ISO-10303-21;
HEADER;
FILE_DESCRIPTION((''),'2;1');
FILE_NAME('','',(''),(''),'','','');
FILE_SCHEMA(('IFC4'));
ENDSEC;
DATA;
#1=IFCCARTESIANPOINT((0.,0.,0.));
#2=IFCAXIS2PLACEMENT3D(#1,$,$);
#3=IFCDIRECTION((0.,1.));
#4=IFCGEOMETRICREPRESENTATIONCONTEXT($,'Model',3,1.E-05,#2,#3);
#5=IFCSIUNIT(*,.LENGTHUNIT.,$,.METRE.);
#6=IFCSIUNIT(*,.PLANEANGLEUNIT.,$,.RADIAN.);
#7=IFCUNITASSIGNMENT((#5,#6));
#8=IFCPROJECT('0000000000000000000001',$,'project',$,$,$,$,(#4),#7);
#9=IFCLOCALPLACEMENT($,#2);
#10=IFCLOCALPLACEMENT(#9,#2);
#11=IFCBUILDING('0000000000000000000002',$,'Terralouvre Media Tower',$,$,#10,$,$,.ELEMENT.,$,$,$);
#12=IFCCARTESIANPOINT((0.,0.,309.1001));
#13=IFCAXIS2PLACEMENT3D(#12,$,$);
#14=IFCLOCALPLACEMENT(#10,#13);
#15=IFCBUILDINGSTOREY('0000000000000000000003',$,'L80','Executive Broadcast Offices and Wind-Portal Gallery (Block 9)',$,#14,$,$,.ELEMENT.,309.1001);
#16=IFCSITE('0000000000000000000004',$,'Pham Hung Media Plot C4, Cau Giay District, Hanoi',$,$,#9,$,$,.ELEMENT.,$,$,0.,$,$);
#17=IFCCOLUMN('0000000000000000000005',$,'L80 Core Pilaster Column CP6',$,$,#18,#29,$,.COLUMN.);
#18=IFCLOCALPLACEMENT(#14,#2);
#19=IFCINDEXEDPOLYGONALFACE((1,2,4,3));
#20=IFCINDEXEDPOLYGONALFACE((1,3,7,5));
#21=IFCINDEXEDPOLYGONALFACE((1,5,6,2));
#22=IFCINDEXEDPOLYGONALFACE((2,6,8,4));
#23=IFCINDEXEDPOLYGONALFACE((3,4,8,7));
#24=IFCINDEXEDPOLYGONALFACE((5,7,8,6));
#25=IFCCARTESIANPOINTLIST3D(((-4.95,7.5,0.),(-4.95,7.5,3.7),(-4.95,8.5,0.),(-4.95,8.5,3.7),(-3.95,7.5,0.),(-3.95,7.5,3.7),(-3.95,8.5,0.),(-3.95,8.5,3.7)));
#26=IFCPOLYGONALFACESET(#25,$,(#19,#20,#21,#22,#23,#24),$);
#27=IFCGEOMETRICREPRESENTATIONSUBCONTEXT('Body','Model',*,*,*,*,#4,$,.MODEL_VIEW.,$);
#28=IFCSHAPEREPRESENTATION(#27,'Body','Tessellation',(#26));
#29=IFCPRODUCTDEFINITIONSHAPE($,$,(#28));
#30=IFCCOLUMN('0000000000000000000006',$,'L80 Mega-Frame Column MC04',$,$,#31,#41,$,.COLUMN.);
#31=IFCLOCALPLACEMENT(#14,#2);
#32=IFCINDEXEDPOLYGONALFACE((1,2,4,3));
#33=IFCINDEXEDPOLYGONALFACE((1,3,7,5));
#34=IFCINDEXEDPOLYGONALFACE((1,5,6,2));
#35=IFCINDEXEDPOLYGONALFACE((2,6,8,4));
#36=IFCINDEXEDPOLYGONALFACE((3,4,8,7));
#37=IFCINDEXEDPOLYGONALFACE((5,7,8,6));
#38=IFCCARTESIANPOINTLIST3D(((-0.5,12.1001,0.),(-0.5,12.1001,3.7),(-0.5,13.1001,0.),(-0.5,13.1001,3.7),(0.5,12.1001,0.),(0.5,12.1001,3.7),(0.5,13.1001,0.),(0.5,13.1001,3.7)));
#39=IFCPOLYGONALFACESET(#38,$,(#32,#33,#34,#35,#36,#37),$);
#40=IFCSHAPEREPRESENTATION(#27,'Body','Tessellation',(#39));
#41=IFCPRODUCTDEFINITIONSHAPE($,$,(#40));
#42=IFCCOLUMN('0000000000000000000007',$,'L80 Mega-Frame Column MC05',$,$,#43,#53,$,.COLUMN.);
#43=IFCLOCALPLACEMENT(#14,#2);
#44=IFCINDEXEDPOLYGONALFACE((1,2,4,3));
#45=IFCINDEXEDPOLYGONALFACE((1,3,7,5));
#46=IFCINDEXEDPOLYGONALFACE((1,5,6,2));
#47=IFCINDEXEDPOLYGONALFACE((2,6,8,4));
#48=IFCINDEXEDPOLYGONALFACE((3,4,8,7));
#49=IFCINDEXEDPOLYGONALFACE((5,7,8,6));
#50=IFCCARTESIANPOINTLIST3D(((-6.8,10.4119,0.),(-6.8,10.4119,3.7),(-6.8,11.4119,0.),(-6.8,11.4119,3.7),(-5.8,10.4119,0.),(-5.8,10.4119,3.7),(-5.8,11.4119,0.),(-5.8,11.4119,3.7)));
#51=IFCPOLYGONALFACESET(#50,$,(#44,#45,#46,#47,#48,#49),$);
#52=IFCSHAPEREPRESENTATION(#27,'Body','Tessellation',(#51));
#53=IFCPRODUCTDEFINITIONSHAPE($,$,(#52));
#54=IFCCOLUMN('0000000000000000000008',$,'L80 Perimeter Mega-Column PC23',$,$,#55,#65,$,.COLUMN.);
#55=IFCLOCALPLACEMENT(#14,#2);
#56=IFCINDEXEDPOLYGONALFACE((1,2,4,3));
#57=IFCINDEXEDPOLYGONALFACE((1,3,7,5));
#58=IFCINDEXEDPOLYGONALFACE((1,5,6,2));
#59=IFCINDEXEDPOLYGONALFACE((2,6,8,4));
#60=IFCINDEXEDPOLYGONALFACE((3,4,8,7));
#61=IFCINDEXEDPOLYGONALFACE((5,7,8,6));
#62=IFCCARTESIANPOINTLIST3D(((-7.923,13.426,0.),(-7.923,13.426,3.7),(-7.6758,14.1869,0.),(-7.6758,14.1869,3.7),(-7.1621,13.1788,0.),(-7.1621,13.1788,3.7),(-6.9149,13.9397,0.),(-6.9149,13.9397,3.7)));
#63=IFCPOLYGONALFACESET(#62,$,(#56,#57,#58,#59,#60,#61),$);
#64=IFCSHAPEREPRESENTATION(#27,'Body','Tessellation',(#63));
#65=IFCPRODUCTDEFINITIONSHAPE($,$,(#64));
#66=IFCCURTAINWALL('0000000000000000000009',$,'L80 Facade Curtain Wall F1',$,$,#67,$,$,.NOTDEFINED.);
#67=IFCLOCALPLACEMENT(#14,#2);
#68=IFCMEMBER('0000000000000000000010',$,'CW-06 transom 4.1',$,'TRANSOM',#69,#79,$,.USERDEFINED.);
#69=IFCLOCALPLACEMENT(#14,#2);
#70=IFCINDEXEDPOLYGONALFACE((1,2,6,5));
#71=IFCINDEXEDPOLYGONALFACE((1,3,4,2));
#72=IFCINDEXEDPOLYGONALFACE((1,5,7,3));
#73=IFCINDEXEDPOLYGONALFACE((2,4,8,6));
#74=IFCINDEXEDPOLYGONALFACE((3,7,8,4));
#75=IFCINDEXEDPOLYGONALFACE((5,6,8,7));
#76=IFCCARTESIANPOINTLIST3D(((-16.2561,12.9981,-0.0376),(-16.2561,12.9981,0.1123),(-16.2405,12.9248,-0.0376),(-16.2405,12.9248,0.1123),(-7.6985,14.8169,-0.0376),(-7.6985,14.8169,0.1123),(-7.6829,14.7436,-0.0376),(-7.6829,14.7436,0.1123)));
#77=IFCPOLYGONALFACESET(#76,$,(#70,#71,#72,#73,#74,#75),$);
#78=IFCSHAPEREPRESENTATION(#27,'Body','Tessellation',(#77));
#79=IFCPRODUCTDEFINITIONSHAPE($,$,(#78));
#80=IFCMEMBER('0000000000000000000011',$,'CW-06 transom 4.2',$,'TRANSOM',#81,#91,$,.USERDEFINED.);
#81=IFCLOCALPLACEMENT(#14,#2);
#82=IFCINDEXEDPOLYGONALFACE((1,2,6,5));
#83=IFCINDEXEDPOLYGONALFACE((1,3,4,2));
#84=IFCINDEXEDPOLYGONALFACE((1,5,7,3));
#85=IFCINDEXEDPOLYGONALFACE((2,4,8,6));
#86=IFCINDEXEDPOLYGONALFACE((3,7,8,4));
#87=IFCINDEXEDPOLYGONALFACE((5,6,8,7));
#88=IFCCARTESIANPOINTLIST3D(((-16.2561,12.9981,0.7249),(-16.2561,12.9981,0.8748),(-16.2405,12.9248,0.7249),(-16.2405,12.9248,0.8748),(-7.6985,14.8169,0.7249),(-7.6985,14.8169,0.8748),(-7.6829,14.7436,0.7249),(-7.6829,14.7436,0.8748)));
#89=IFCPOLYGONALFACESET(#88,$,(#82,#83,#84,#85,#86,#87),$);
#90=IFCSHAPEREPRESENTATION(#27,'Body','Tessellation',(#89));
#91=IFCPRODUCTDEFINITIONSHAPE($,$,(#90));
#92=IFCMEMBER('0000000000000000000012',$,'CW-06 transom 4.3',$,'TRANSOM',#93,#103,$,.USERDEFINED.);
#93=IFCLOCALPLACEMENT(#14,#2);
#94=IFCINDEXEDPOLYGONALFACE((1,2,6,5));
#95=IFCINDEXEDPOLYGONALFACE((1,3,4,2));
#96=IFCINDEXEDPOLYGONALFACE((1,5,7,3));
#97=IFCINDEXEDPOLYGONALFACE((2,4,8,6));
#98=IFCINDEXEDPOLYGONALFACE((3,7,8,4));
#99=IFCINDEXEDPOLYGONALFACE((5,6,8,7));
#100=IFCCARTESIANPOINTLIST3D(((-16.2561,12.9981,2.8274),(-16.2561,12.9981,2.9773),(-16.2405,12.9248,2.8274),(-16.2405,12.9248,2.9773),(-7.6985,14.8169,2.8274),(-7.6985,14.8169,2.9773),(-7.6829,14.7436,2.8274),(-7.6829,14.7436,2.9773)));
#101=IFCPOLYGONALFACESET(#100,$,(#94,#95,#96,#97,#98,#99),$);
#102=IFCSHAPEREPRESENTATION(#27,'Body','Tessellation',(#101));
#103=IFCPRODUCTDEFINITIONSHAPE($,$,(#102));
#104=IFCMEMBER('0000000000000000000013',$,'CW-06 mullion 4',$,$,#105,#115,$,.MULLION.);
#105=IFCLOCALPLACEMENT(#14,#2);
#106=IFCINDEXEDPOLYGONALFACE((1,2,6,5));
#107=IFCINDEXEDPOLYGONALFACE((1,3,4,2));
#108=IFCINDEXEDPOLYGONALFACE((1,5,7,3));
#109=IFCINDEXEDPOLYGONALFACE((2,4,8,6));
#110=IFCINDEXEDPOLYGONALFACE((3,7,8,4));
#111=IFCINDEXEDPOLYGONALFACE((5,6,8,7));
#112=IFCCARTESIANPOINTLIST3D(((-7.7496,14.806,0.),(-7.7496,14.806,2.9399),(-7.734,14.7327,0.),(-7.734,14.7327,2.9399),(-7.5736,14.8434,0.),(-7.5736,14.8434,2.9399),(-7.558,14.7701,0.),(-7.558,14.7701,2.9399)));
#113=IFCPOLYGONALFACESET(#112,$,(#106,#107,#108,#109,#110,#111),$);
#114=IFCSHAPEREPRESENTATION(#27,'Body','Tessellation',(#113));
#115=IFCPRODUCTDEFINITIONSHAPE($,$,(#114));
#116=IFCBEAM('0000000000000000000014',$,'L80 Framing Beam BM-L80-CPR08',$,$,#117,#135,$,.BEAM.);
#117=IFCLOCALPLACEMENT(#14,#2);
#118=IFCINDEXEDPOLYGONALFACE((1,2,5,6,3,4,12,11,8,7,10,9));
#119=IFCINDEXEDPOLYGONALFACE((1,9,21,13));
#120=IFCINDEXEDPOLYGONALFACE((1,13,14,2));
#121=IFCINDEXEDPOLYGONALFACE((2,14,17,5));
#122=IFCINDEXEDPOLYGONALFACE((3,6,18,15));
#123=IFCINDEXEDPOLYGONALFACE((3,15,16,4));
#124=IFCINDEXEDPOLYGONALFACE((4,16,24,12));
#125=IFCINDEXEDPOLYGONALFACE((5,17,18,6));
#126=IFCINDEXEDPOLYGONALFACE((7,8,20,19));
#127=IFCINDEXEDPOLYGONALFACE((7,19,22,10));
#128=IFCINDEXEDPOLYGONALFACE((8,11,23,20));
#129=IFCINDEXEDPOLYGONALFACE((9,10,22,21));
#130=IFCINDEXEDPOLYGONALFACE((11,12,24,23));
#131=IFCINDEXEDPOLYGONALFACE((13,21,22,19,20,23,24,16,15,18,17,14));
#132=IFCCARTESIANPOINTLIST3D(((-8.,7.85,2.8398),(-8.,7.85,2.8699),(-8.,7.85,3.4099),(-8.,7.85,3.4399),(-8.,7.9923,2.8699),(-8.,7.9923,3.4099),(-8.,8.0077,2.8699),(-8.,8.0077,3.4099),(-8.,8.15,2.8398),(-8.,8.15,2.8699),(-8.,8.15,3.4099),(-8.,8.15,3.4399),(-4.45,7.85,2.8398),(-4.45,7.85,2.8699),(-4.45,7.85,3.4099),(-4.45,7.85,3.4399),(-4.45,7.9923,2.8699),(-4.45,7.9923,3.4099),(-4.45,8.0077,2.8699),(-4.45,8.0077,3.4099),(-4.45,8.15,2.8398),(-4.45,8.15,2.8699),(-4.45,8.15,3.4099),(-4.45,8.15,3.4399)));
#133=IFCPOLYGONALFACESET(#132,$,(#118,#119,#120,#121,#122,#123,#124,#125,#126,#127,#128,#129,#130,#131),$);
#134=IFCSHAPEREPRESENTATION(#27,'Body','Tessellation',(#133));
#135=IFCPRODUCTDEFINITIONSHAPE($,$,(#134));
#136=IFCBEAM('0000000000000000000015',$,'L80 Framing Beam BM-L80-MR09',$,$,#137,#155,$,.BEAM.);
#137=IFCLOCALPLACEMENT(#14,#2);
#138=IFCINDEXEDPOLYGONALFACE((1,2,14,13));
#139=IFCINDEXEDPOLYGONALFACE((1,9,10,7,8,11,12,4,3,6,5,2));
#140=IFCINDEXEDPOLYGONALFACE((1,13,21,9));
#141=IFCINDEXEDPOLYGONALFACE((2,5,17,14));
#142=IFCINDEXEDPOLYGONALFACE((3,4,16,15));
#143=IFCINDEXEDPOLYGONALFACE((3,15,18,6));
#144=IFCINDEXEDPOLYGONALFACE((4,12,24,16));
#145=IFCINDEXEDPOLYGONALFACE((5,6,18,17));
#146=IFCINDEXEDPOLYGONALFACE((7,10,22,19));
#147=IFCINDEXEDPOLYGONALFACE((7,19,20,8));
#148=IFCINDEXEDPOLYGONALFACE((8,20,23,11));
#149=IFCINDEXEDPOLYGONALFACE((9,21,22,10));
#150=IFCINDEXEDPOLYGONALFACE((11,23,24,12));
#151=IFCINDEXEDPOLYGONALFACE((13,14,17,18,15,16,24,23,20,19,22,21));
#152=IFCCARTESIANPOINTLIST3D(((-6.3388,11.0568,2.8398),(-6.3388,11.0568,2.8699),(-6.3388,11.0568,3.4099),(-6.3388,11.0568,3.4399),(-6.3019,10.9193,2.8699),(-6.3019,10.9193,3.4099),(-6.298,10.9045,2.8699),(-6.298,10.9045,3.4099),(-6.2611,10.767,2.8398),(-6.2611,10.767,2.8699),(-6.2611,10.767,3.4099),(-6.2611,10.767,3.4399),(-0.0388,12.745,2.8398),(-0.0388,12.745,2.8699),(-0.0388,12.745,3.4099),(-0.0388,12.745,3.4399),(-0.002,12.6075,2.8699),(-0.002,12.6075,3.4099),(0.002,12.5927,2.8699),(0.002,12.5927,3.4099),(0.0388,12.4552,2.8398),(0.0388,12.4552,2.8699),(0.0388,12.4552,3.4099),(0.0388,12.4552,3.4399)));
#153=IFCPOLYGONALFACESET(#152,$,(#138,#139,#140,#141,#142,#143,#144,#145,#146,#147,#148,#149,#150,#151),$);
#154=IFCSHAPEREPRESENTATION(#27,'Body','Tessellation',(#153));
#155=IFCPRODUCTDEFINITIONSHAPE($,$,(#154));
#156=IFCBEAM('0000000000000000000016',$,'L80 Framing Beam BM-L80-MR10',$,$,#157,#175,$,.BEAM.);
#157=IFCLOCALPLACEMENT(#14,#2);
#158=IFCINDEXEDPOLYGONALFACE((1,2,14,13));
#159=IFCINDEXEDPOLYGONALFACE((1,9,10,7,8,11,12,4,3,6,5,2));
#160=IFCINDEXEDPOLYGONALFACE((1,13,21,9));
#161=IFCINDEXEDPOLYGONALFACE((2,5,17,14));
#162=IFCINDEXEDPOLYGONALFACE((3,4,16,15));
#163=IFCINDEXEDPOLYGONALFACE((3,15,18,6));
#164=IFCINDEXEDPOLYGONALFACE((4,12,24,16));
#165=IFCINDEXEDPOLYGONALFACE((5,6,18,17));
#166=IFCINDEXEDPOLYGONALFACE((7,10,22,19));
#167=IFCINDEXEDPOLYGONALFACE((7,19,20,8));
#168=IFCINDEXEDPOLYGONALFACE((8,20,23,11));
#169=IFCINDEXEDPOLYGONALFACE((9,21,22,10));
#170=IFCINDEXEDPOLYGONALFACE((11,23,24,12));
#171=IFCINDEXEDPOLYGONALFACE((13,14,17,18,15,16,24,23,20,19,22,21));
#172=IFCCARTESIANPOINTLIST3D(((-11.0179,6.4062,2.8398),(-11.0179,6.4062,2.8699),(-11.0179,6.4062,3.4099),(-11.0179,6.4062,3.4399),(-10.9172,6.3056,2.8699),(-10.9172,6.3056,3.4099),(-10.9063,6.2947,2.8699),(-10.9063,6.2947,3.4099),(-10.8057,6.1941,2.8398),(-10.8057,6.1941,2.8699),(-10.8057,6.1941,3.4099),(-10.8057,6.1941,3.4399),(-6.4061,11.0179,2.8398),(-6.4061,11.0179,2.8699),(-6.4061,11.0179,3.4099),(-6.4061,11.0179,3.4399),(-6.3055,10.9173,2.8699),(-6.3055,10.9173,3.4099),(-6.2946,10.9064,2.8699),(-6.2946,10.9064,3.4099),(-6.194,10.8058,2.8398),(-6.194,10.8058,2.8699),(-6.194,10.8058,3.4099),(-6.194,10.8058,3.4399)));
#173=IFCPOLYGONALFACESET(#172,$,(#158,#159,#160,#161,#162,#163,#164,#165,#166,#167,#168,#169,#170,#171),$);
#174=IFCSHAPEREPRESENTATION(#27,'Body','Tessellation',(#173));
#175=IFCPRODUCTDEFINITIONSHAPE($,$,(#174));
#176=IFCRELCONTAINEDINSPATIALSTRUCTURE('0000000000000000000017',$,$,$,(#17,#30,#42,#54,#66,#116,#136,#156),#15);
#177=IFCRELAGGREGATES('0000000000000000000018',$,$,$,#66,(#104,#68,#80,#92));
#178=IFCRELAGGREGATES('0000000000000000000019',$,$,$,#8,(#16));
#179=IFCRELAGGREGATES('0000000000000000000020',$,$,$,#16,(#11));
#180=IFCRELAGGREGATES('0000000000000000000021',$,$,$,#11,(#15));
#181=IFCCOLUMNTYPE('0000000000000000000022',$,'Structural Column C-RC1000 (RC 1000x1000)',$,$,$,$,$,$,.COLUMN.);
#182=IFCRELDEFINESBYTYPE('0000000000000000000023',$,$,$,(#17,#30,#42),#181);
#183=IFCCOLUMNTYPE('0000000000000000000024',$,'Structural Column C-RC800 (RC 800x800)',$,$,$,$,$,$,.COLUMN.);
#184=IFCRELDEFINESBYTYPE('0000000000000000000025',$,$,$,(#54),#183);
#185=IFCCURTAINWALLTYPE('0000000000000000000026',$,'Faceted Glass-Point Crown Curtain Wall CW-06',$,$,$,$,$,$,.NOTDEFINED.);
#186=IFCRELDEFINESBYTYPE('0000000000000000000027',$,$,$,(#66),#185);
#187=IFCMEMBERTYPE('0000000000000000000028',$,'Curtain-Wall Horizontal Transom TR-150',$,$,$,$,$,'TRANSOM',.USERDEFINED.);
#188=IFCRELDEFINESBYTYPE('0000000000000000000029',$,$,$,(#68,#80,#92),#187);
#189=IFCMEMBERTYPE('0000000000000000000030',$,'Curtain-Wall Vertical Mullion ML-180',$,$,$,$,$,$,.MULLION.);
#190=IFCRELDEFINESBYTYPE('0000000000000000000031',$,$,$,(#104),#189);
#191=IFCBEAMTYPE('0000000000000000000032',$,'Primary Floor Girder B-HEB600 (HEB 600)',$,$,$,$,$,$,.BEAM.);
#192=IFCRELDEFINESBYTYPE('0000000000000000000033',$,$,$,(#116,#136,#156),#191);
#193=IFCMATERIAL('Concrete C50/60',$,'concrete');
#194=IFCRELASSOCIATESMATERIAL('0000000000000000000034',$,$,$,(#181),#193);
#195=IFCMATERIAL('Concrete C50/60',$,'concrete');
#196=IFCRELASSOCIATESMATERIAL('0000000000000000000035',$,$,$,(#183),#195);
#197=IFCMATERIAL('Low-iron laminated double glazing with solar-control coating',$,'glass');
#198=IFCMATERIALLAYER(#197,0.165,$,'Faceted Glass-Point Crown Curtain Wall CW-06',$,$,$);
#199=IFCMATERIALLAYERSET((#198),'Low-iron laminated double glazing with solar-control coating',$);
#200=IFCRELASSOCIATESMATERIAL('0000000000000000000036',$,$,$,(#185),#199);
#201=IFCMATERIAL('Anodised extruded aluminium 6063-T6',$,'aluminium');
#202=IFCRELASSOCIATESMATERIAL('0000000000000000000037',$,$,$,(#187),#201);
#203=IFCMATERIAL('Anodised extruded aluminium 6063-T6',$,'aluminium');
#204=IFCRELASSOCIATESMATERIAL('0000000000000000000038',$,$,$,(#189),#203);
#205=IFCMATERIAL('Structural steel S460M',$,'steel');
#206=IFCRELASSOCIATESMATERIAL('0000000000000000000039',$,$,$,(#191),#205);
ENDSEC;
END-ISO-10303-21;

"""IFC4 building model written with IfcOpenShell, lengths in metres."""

from ifc_helpers import new_model, si_unit, direction, frame, origin, origin_2d, place, context, subcontext, project, spatial, rectangle, i_section, extrude, material, layer, layer_set, material_profile, profile_set, type_object, element, aggregate, save


model = new_model("IFC4")

# Units and contexts
model_context = context("Model", 3, precision=1e-05, world=origin(), true_north=direction((0.0, 1.0)))
body_context = subcontext(model_context, "Body", "Model", "MODEL_VIEW")
ifc_project = project(units=[si_unit("LENGTHUNIT", "METRE"), si_unit("PLANEANGLEUNIT", "RADIAN")], contexts=[model_context])

# Site, building, storey
site_placement = place(None, origin())
site = spatial("IfcSite", under=ifc_project, at=site_placement, Name="Pham Hung Media Plot C4, Cau Giay District, Hanoi", CompositionType="ELEMENT", RefElevation=0.0)
building_placement = place(site_placement, origin())
building = spatial("IfcBuilding", under=site, at=building_placement, Name="Terralouvre Media Tower", CompositionType="ELEMENT")
storey_placement = place(building_placement, frame((0.0, 0.0, 309.1001)))
storey = spatial("IfcBuildingStorey", under=building, at=storey_placement, Name="L80", Description="Executive Broadcast Offices and Wind-Portal Gallery (Block 9)", CompositionType="ELEMENT", Elevation=309.1001)

# Columns
ifc_material_1 = material(Name="Concrete C50/60", Category="concrete")
ifc_material_profile_1 = material_profile(ifc_material_1, rectangle(XDim=1.0, YDim=1.0, at=origin_2d()), Name="RC 1000x1000")
ifc_profile_set_1 = profile_set([ifc_material_profile_1], Name="Concrete C50/60")
column_type_1 = type_object("IfcColumnType", Name="Structural Column C-RC1000 (RC 1000x1000)", PredefinedType="COLUMN", material=ifc_profile_set_1)
for number, where, z_axis, x_axis, name in (
    (1, (-4.45, 8.0, 0.0), (0.0, 0.0, 1.0), (1.0, 0.0, 0.0), "L80 Core Pilaster Column CP6"),
    (2, (0.0, 12.6001, 0.0), (0.0, 0.0, 1.0), (1.0, 0.0, 0.0), "L80 Mega-Frame Column MC04"),
    (3, (-6.3, 10.9119, 0.0), (0.0, 0.0, 1.0), (1.0, 0.0, 0.0), "L80 Mega-Frame Column MC05"),
):
    element("IfcColumn", number, at=place(storey_placement, frame(where, z_axis=z_axis, x_axis=x_axis)), inside=storey, type_object=column_type_1, Name=name, PredefinedType="COLUMN", context=body_context, shape_type="SweptSolid", body=[
        extrude(rectangle(XDim=1.0, YDim=1.0, at=origin_2d()), origin(), (0.0, 0.0, 1.0), 3.7),
    ])
ifc_material_2 = material(Name="Concrete C50/60", Category="concrete")
ifc_material_profile_2 = material_profile(ifc_material_2, rectangle(XDim=0.8, YDim=0.8, at=origin_2d()), Name="RC 800x800")
ifc_profile_set_2 = profile_set([ifc_material_profile_2], Name="Concrete C50/60")
column_type_2 = type_object("IfcColumnType", Name="Structural Column C-RC800 (RC 800x800)", PredefinedType="COLUMN", material=ifc_profile_set_2)
column_placement = place(storey_placement, frame((-7.4189, 13.6829, 0.0), z_axis=(0.0, 0.0, 1.0), x_axis=(0.309017, 0.951057, 0.0)))
element("IfcColumn", 4, at=column_placement, inside=storey, type_object=column_type_2, Name="L80 Perimeter Mega-Column PC23", PredefinedType="COLUMN", context=body_context, shape_type="SweptSolid", body=[
    extrude(rectangle(XDim=0.8, YDim=0.8, at=origin_2d()), origin(), (0.0, 0.0, 1.0), 3.7),
])

# Curtain wall, members
ifc_material_3 = material(Name="Low-iron laminated double glazing with solar-control coating", Category="glass")
ifc_layer_1 = layer(ifc_material_3, 0.165, Name="Faceted Glass-Point Crown Curtain Wall CW-06")
ifc_layer_set_1 = layer_set([ifc_layer_1], Name="Low-iron laminated double glazing with solar-control coating")
curtain_wall_type = type_object("IfcCurtainWallType", Name="Faceted Glass-Point Crown Curtain Wall CW-06", PredefinedType="NOTDEFINED", material=ifc_layer_set_1)
curtain_wall_placement = place(storey_placement, origin())
curtain_wall = element("IfcCurtainWall", 5, at=curtain_wall_placement, inside=storey, type_object=curtain_wall_type, Name="L80 Facade Curtain Wall F1", PredefinedType="NOTDEFINED")
ifc_material_4 = material(Name="Anodised extruded aluminium 6063-T6", Category="aluminium")
ifc_material_profile_3 = material_profile(ifc_material_4, rectangle(XDim=0.075, YDim=0.1499, at=origin_2d()), Name="ALU 75x150")
ifc_profile_set_3 = profile_set([ifc_material_profile_3], Name="Anodised extruded aluminium 6063-T6")
member_type_1 = type_object("IfcMemberType", Name="Curtain-Wall Horizontal Transom TR-150", ElementType="TRANSOM", PredefinedType="USERDEFINED", material=ifc_profile_set_3)
member_1_placement = place(storey_placement, frame((-7.6907, 14.7803, 0.0374), z_axis=(-0.978151, -0.207897, 0.0), x_axis=(0.207897, -0.978151, 0.0)))
member_1 = element("IfcMember", 6, at=member_1_placement, type_object=member_type_1, Name="CW-06 transom 4.1", ObjectType="TRANSOM", PredefinedType="USERDEFINED", context=body_context, shape_type="SweptSolid", body=[
    extrude(rectangle(XDim=0.075, YDim=0.1499, at=origin_2d()), origin(), (0.0, 0.0, 1.0), 8.7488),
])
member_2_placement = place(storey_placement, frame((-7.6907, 14.7803, 0.7998), z_axis=(-0.978151, -0.207897, 0.0), x_axis=(0.207897, -0.978151, 0.0)))
member_2 = element("IfcMember", 7, at=member_2_placement, type_object=member_type_1, Name="CW-06 transom 4.2", ObjectType="TRANSOM", PredefinedType="USERDEFINED", context=body_context, shape_type="SweptSolid", body=[
    extrude(rectangle(XDim=0.075, YDim=0.1499, at=origin_2d()), origin(), (0.0, 0.0, 1.0), 8.7488),
])
member_3_placement = place(storey_placement, frame((-7.6907, 14.7803, 2.9023), z_axis=(-0.978151, -0.207897, 0.0), x_axis=(0.207897, -0.978151, 0.0)))
member_3 = element("IfcMember", 8, at=member_3_placement, type_object=member_type_1, Name="CW-06 transom 4.3", ObjectType="TRANSOM", PredefinedType="USERDEFINED", context=body_context, shape_type="SweptSolid", body=[
    extrude(rectangle(XDim=0.075, YDim=0.1499, at=origin_2d()), origin(), (0.0, 0.0, 1.0), 8.7488),
])
ifc_material_5 = material(Name="Anodised extruded aluminium 6063-T6", Category="aluminium")
ifc_material_profile_4 = material_profile(ifc_material_5, rectangle(XDim=0.075, YDim=0.1799, at=origin_2d()), Name="ALU 75x180")
ifc_profile_set_4 = profile_set([ifc_material_profile_4], Name="Anodised extruded aluminium 6063-T6")
member_type_2 = type_object("IfcMemberType", Name="Curtain-Wall Vertical Mullion ML-180", PredefinedType="MULLION", material=ifc_profile_set_4)
member_4_placement = place(storey_placement, frame((-7.6538, 14.7881, 0.0), z_axis=(0.0, 0.0, 1.0), x_axis=(0.207912, -0.978148, 0.0)))
member_4 = element("IfcMember", 9, at=member_4_placement, type_object=member_type_2, Name="CW-06 mullion 4", PredefinedType="MULLION", context=body_context, shape_type="SweptSolid", body=[
    extrude(rectangle(XDim=0.075, YDim=0.1799, at=origin_2d()), origin(), (0.0, 0.0, 1.0), 2.9399),
])

# Beams
ifc_material_6 = material(Name="Structural steel S460M", Category="steel")
ifc_material_profile_5 = material_profile(ifc_material_6, i_section(OverallWidth=0.3, OverallDepth=0.6001, WebThickness=0.0154, FlangeThickness=0.03, at=origin_2d()), Name="HEB 600")
ifc_profile_set_5 = profile_set([ifc_material_profile_5], Name="Structural steel S460M")
beam_type_1 = type_object("IfcBeamType", Name="Primary Floor Girder B-HEB600 (HEB 600)", PredefinedType="BEAM", material=ifc_profile_set_5)
beam_1_placement = place(storey_placement, frame((-4.45, 8.0, 3.1399), z_axis=(-1.0, 0.0, 0.0), x_axis=(0.0, -1.0, 0.0)))
element("IfcBeam", 10, at=beam_1_placement, inside=storey, type_object=beam_type_1, Name="L80 Framing Beam BM-L80-CPR08", PredefinedType="BEAM", context=body_context, shape_type="SweptSolid", body=[
    extrude(i_section(OverallWidth=0.3, OverallDepth=0.6001, WebThickness=0.0154, FlangeThickness=0.03, at=origin_2d()), origin(), (0.0, 0.0, 1.0), 3.55),
])
beam_2_placement = place(storey_placement, frame((0.0, 12.6001, 3.1399), z_axis=(-0.96592, -0.258839, 0.0), x_axis=(0.258839, -0.96592, 0.0)))
element("IfcBeam", 11, at=beam_2_placement, inside=storey, type_object=beam_type_1, Name="L80 Framing Beam BM-L80-MR09", PredefinedType="BEAM", context=body_context, shape_type="SweptSolid", body=[
    extrude(i_section(OverallWidth=0.3, OverallDepth=0.6001, WebThickness=0.0154, FlangeThickness=0.03, at=origin_2d()), origin(), (0.0, 0.0, 1.0), 6.5222),
])
beam_3_placement = place(storey_placement, frame((-6.3, 10.9119, 3.1399), z_axis=(-0.707107, -0.707107, 0.0), x_axis=(0.707107, -0.707107, 0.0)))
element("IfcBeam", 12, at=beam_3_placement, inside=storey, type_object=beam_type_1, Name="L80 Framing Beam BM-L80-MR10", PredefinedType="BEAM", context=body_context, shape_type="SweptSolid", body=[
    extrude(i_section(OverallWidth=0.3, OverallDepth=0.6001, WebThickness=0.0154, FlangeThickness=0.03, at=origin_2d()), origin(), (0.0, 0.0, 1.0), 6.522),
])

aggregate(curtain_wall, [member_4, member_1, member_2, member_3])

save(model, "model.ifc")
